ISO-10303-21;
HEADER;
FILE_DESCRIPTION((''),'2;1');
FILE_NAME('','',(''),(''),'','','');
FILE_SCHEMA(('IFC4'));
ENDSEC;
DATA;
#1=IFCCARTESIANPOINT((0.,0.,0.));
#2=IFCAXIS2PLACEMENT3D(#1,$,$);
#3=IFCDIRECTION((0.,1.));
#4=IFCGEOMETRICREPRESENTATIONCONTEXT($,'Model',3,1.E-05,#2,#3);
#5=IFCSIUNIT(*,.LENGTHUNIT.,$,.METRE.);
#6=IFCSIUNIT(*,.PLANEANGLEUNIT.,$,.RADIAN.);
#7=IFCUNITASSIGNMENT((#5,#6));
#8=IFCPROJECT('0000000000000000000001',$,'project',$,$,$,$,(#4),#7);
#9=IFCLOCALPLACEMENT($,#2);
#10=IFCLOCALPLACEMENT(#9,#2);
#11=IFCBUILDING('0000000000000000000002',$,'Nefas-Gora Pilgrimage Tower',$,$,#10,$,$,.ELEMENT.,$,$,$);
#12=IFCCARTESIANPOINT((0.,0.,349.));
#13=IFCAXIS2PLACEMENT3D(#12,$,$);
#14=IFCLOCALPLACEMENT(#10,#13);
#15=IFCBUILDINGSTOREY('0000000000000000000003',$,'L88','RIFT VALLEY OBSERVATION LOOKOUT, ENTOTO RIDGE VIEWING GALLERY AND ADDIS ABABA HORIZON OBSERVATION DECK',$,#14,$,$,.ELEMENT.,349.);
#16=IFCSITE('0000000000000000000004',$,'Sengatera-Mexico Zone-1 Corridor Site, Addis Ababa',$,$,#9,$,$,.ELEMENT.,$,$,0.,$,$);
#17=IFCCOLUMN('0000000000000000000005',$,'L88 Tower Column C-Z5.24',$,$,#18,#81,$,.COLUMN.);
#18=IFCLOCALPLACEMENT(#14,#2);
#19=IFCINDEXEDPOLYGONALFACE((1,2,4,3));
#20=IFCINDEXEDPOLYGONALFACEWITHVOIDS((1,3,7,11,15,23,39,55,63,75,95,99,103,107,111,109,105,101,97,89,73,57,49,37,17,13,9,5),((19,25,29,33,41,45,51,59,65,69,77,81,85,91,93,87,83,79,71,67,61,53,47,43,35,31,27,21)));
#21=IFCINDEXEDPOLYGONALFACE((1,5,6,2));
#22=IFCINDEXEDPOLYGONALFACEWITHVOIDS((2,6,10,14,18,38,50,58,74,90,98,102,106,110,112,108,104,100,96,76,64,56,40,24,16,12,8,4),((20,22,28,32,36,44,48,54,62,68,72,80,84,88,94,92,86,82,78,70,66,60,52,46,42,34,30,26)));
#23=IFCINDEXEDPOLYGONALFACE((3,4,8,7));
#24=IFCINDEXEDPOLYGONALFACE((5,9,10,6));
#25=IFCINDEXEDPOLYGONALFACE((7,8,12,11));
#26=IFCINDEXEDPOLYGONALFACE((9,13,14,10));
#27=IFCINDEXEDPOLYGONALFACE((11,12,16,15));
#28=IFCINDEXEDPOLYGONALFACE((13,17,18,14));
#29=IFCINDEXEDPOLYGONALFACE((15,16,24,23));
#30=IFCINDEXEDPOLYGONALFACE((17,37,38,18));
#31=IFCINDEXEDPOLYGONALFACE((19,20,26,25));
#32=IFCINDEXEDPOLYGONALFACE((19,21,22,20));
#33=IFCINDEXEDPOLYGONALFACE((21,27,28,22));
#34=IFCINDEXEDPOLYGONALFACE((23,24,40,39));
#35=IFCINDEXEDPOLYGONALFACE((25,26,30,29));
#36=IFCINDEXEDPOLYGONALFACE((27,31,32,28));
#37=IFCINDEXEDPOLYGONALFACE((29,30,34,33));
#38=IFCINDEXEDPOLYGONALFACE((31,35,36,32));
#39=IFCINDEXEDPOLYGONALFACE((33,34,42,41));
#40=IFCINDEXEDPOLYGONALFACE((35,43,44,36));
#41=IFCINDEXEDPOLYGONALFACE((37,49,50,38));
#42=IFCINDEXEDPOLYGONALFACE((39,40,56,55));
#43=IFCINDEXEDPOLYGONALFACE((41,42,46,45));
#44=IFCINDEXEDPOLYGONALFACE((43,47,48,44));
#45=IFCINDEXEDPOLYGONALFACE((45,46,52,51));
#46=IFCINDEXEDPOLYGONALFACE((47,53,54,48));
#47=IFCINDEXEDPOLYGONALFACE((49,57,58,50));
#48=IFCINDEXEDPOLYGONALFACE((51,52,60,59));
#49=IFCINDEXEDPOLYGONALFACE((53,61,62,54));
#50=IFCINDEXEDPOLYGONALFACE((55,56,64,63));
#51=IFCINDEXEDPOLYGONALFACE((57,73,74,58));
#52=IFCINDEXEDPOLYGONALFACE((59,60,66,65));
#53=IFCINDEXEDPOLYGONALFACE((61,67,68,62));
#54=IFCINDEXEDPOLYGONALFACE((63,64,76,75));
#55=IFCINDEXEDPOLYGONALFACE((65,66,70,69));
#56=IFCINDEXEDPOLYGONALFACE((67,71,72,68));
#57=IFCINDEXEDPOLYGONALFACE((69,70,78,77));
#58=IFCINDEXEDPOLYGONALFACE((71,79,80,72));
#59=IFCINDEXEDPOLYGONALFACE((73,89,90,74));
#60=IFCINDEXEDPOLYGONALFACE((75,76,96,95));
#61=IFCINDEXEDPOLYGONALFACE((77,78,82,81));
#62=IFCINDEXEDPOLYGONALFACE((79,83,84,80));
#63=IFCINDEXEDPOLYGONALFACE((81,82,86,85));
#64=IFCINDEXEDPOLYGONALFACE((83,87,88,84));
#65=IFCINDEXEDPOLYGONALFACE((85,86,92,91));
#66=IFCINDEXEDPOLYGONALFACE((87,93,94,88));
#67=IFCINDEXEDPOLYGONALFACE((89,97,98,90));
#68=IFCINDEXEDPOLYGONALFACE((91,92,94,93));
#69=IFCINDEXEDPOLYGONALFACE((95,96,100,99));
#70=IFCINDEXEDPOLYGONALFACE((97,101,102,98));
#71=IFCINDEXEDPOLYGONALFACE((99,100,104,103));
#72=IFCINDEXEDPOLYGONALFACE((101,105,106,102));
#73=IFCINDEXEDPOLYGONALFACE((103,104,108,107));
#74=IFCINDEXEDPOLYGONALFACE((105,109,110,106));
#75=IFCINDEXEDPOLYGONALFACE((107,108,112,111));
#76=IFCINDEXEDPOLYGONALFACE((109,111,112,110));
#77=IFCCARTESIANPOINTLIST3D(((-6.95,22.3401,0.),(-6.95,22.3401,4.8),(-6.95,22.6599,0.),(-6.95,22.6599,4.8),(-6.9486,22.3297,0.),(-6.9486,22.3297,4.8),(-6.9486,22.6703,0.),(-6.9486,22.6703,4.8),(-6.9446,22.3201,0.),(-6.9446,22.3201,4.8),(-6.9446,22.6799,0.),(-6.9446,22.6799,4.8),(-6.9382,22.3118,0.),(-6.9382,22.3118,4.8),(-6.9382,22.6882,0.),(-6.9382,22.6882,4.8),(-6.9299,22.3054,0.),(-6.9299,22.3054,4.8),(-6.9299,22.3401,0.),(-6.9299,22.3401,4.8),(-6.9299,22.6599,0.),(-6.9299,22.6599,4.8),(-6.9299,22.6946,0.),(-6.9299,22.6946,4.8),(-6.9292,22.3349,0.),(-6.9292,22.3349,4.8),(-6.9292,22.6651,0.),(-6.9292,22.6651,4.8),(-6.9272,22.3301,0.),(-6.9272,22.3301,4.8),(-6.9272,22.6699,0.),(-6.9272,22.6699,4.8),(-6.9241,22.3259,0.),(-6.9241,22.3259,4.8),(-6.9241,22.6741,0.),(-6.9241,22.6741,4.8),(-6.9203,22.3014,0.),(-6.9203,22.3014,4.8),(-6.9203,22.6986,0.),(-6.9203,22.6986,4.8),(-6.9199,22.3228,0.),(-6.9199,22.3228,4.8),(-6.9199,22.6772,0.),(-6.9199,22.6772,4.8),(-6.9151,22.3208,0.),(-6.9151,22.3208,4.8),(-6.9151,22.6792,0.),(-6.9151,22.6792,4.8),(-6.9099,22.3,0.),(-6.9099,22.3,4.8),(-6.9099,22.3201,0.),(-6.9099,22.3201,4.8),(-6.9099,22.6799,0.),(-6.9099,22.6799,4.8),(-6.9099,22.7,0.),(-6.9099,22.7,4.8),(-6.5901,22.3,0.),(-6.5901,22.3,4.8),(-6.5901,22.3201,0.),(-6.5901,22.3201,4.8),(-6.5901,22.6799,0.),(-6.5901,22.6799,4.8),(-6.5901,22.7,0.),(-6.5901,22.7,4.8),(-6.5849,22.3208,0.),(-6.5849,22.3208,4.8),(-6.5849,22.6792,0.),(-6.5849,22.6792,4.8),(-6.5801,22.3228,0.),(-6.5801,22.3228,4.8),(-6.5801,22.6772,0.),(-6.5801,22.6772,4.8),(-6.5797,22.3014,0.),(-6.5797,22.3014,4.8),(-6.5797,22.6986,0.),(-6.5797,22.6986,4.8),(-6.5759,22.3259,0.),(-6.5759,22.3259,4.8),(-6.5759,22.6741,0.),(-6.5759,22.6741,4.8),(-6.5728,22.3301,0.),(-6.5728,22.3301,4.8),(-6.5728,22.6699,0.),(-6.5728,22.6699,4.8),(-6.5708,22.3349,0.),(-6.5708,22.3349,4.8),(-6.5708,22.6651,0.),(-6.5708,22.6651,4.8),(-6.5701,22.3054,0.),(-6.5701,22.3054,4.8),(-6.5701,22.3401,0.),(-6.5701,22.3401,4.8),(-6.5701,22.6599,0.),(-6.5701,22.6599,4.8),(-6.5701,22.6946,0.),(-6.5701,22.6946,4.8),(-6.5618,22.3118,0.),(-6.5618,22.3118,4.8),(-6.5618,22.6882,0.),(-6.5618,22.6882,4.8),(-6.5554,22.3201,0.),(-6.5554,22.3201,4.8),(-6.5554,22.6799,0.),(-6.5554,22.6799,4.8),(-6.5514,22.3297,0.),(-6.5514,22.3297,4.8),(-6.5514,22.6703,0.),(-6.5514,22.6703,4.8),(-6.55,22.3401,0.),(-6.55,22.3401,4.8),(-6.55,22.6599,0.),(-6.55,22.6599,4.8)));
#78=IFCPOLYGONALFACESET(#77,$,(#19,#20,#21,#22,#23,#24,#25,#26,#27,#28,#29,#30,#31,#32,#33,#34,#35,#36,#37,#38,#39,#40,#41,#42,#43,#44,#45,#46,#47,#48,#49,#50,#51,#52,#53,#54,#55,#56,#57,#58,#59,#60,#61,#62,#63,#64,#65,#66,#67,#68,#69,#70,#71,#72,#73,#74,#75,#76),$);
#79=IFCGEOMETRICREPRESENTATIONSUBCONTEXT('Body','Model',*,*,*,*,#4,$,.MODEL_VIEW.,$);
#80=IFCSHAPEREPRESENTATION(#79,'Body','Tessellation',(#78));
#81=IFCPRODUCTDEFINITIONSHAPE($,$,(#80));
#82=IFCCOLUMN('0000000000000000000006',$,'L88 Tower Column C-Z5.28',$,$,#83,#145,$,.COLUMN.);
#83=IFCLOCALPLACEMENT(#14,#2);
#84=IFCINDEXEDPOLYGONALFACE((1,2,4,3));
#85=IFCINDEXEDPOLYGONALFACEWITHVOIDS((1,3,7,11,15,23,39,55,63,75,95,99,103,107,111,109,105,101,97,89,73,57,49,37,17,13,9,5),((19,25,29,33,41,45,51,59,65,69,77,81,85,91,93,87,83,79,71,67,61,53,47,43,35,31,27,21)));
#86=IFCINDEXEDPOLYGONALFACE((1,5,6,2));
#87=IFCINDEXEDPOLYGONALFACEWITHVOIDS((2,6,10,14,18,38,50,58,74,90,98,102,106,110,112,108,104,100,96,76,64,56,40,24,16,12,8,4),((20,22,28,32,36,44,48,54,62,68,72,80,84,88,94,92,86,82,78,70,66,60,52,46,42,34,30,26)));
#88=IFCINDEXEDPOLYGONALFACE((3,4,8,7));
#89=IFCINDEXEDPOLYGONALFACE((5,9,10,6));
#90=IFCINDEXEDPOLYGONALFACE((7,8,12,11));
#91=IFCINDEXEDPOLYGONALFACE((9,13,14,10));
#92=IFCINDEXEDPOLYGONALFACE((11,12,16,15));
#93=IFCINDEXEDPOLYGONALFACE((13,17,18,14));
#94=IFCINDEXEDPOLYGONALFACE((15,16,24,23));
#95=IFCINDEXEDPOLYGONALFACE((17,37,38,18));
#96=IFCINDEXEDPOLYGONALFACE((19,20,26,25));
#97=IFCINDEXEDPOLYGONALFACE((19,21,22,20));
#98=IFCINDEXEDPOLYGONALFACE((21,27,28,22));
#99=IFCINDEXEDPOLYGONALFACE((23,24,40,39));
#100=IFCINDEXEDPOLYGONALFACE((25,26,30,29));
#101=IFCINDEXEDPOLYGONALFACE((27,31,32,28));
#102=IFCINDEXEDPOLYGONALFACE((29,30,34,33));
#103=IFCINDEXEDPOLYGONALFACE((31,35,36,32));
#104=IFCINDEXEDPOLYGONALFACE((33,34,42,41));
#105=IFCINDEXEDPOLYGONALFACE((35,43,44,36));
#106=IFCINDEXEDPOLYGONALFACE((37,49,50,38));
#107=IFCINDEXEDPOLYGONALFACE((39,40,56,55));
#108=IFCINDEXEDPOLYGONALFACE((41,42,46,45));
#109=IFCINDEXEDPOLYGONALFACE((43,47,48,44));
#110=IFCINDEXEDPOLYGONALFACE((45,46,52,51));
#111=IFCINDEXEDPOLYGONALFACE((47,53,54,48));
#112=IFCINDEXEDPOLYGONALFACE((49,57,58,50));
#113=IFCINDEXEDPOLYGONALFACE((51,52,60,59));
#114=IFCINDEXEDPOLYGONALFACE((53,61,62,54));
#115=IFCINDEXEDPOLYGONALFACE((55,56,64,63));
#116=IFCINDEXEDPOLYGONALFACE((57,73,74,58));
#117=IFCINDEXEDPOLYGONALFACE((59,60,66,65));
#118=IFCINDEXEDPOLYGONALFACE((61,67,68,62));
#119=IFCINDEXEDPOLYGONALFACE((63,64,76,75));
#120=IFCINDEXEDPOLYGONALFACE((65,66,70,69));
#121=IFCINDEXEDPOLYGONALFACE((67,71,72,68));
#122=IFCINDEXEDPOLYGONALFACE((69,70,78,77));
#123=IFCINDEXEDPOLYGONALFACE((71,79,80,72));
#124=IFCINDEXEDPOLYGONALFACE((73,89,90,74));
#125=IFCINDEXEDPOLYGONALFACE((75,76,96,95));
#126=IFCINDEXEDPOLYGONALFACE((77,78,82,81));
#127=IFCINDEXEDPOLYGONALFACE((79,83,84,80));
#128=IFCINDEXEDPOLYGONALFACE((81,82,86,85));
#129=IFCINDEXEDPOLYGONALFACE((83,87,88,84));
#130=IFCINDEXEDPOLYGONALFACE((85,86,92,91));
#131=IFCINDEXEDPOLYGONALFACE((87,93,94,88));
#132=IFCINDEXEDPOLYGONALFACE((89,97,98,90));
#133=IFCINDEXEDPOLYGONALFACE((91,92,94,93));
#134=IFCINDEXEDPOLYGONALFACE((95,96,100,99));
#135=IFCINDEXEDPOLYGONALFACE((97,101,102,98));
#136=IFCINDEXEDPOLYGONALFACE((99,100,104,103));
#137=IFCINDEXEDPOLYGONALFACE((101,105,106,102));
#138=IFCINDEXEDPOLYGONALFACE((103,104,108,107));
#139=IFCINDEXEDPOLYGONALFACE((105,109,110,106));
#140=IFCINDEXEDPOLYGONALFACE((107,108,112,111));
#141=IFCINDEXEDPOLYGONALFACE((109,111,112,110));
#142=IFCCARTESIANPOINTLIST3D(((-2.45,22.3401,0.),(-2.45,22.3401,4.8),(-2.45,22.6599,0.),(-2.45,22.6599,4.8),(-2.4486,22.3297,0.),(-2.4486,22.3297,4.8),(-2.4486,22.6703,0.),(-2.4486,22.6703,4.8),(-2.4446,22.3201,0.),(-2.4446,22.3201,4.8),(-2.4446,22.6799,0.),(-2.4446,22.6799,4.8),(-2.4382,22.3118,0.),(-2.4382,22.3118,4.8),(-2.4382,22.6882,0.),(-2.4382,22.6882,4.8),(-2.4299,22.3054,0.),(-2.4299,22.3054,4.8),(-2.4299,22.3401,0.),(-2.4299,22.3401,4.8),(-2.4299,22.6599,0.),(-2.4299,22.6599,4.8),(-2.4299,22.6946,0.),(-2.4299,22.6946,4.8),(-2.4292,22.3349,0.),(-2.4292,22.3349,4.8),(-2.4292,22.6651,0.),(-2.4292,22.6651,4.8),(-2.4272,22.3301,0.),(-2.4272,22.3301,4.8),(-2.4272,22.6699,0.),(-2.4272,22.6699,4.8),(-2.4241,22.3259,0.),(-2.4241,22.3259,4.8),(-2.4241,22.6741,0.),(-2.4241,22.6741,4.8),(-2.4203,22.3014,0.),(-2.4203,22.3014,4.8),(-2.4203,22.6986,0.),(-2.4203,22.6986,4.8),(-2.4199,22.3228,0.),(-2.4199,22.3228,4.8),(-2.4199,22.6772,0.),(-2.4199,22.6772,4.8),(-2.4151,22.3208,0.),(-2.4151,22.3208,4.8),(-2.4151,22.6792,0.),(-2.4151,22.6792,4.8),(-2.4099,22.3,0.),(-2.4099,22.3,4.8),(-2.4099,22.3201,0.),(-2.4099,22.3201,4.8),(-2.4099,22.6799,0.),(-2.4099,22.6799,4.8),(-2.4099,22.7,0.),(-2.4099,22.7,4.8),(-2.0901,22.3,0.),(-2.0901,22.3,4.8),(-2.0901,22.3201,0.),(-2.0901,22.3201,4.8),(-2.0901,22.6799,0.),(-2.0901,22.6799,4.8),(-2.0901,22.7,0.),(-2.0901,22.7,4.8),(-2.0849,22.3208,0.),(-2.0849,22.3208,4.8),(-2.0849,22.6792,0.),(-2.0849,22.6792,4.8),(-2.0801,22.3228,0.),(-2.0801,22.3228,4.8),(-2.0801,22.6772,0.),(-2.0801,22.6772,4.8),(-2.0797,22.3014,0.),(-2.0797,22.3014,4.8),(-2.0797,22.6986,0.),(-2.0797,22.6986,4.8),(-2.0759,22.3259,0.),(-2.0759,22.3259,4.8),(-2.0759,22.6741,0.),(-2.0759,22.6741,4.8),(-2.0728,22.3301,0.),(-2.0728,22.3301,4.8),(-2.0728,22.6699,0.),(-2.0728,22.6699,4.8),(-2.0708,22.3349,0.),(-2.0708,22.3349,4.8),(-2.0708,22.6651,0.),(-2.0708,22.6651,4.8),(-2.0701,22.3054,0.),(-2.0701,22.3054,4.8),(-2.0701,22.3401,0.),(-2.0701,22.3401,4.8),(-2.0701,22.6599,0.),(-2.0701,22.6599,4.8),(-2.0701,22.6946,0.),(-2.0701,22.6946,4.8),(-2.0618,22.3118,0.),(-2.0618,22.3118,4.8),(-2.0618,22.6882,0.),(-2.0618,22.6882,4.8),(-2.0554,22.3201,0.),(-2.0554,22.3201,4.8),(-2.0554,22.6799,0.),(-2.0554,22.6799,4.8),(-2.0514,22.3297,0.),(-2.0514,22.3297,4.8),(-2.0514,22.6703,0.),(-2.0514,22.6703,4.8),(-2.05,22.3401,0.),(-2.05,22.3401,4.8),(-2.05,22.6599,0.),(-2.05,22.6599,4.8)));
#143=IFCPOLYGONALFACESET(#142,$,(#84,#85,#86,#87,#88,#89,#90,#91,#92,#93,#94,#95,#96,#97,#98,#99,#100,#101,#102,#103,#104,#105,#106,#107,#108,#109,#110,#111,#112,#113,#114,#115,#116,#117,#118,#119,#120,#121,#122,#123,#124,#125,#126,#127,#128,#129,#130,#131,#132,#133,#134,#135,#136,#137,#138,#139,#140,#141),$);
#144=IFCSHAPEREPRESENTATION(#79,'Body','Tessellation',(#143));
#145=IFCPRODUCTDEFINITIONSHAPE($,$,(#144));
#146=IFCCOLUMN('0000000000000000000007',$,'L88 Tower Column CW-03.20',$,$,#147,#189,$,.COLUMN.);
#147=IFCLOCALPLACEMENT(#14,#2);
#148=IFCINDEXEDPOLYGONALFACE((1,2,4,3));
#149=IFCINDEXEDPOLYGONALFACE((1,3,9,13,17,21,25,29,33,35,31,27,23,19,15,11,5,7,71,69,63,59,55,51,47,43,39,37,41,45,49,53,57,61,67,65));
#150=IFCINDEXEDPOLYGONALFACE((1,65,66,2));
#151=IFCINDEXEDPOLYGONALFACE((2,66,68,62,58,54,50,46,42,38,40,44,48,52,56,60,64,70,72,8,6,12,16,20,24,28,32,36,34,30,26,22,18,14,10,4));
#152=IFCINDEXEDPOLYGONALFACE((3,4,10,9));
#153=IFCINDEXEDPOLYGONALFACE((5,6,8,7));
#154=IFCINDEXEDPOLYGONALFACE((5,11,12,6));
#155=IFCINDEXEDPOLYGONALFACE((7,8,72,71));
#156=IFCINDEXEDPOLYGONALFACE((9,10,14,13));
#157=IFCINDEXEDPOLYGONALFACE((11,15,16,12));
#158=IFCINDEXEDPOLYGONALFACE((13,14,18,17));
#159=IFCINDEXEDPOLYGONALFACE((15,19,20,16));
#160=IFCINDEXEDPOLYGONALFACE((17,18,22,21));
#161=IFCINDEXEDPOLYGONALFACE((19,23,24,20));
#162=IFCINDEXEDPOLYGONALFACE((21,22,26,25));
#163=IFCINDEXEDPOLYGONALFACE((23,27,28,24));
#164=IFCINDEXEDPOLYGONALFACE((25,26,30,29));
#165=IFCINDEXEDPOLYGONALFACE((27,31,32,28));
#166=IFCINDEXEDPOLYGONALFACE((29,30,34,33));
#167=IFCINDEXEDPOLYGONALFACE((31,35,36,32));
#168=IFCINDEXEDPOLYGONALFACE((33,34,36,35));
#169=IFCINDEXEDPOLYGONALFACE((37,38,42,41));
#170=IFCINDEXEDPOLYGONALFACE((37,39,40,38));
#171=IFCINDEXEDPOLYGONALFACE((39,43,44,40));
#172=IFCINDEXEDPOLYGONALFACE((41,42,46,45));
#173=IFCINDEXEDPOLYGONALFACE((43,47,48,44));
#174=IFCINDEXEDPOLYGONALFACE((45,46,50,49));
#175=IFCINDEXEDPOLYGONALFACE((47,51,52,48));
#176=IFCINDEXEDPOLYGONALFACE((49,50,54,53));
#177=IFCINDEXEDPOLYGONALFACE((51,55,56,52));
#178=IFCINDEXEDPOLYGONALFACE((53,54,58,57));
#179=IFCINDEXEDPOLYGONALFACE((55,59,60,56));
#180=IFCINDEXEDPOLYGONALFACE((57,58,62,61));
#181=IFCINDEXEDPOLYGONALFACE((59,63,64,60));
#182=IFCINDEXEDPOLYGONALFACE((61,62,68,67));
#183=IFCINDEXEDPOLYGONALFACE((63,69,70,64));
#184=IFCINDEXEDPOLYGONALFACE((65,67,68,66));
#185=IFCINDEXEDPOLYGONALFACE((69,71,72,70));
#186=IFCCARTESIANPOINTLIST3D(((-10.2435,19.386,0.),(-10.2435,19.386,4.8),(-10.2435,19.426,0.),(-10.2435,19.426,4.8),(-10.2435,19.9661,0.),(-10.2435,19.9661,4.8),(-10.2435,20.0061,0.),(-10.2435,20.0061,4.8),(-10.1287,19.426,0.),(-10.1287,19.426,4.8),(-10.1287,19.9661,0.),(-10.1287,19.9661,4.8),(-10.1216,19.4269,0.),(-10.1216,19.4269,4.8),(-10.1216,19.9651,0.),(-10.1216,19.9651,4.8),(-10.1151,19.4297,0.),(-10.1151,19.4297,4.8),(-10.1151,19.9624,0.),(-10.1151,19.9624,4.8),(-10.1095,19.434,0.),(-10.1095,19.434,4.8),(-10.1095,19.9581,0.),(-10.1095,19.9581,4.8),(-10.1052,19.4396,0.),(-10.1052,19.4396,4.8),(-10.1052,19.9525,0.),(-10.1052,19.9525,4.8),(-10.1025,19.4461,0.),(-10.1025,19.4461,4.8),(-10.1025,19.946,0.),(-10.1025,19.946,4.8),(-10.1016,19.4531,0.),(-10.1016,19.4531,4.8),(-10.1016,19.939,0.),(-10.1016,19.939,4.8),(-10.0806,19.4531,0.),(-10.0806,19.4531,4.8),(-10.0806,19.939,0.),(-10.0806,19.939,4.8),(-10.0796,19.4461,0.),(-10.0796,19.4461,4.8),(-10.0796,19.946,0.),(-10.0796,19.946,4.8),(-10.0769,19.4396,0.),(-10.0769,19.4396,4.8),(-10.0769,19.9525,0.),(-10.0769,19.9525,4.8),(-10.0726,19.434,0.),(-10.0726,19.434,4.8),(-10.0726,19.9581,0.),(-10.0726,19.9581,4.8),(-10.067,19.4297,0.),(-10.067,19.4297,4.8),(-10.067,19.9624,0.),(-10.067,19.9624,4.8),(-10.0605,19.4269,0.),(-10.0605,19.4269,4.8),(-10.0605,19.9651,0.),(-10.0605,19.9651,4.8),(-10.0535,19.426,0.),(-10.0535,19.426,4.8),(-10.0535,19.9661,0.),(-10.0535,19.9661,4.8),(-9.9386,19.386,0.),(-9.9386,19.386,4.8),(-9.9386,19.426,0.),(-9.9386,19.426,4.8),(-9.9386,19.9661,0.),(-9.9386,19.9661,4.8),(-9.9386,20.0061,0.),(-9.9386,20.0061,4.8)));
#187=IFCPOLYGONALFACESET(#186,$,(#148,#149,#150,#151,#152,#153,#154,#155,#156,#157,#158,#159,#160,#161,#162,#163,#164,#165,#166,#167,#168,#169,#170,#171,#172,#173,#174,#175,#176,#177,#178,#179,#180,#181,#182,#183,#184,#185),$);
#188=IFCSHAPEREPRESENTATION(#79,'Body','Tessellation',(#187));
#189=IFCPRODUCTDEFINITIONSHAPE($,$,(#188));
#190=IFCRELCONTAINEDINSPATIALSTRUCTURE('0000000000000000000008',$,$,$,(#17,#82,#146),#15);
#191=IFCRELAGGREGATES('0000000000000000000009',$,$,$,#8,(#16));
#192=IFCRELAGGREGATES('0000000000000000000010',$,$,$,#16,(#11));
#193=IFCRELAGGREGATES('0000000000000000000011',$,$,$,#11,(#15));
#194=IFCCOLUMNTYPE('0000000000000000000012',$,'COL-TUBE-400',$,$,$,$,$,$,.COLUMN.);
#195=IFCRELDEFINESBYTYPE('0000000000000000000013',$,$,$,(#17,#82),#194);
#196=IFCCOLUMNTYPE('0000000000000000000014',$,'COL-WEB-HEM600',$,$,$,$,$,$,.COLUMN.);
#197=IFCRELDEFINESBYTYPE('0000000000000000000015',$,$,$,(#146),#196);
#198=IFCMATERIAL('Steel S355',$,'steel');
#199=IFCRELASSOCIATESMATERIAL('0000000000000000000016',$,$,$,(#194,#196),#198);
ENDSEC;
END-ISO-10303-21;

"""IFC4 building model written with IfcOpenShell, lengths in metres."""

from ifc_helpers import new_model, si_unit, direction, frame, origin, origin_2d, place, context, subcontext, project, spatial, hollow_rectangle, i_section, extrude, source, transform, mapped, material, material_profile, profile_set, type_object, element, save


model = new_model("IFC4")

# Units and contexts
model_context = context("Model", 3, precision=1e-05, world=origin(), true_north=direction((0.0, 1.0)))
body_context = subcontext(model_context, "Body", "Model", "MODEL_VIEW")
ifc_project = project(units=[si_unit("LENGTHUNIT", "METRE"), si_unit("PLANEANGLEUNIT", "RADIAN")], contexts=[model_context])

# Site, building, storey
site_placement = place(None, origin())
site = spatial("IfcSite", under=ifc_project, at=site_placement, Name="Sengatera-Mexico Zone-1 Corridor Site, Addis Ababa", CompositionType="ELEMENT", RefElevation=0.0)
building_placement = place(site_placement, origin())
building = spatial("IfcBuilding", under=site, at=building_placement, Name="Nefas-Gora Pilgrimage Tower", CompositionType="ELEMENT")
storey_placement = place(building_placement, frame((0.0, 0.0, 349.0)))
storey = spatial("IfcBuildingStorey", under=building, at=storey_placement, Name="L88", Description="RIFT VALLEY OBSERVATION LOOKOUT, ENTOTO RIDGE VIEWING GALLERY AND ADDIS ABABA HORIZON OBSERVATION DECK", CompositionType="ELEMENT", Elevation=349.0)

# Columns
ifc_material_1 = material(Name="Steel S355", Category="steel")
ifc_material_profile_1 = material_profile(ifc_material_1, hollow_rectangle(XDim=0.3999, YDim=0.3999, WallThickness=0.02, InnerFilletRadius=0.02, OuterFilletRadius=0.04, at=origin_2d()), Name="SHS 400x400x20")
ifc_profile_set_1 = profile_set([ifc_material_profile_1], Name="Steel S355")
column_type_1 = type_object("IfcColumnType", Name="COL-TUBE-400", PredefinedType="COLUMN", material=ifc_profile_set_1)
shared_shape_1 = source(origin(), body_context, "Body", "SweptSolid", [
    extrude(hollow_rectangle(XDim=0.3999, YDim=0.3999, WallThickness=0.02, InnerFilletRadius=0.02, OuterFilletRadius=0.04, at=origin_2d()), origin(), (0.0, 0.0, 1.0), 4.8),
])
for number, where, z_axis, x_axis, name in (
    (1, (-6.75, 22.5, 0.0), (0.0, 0.0, 1.0), (1.0, 0.0, 0.0), "L88 Tower Column C-Z5.24"),
    (2, (-2.25, 22.5, 0.0), (0.0, 0.0, 1.0), (1.0, 0.0, 0.0), "L88 Tower Column C-Z5.28"),
):
    element("IfcColumn", number, at=place(storey_placement, frame(where, z_axis=z_axis, x_axis=x_axis)), inside=storey, type_object=column_type_1, Name=name, PredefinedType="COLUMN", context=body_context, shape_type="MappedRepresentation", body=[
        mapped(shared_shape_1, transform((0.0, 0.0, 0.0), x_axis=(1.0, 0.0, 0.0), y_axis=(0.0, 1.0, 0.0), z_axis=(0.0, 0.0, 1.0), scale=1.0)),
    ])
ifc_material_profile_2 = material_profile(ifc_material_1, i_section(OverallWidth=0.3049, OverallDepth=0.6201, WebThickness=0.021, FlangeThickness=0.04, FilletRadius=0.0271, at=origin_2d()), Name="HEM 600")
ifc_profile_set_2 = profile_set([ifc_material_profile_2], Name="Steel S355")
column_type_2 = type_object("IfcColumnType", Name="COL-WEB-HEM600", PredefinedType="COLUMN", material=ifc_profile_set_2)
shared_shape_2 = source(origin(), body_context, "Body", "SweptSolid", [
    extrude(i_section(OverallWidth=0.3049, OverallDepth=0.6201, WebThickness=0.021, FlangeThickness=0.04, FilletRadius=0.0271, at=origin_2d()), origin(), (0.0, 0.0, 1.0), 4.8),
])
for number, where, z_axis, x_axis, name in (
    (3, (-10.0911, 19.696, 0.0), (0.0, 0.0, 1.0), (1.0, 0.0, 0.0), "L88 Tower Column CW-03.20"),
):
    element("IfcColumn", number, at=place(storey_placement, frame(where, z_axis=z_axis, x_axis=x_axis)), inside=storey, type_object=column_type_2, Name=name, PredefinedType="COLUMN", context=body_context, shape_type="MappedRepresentation", body=[
        mapped(shared_shape_2, transform((0.0, 0.0, 0.0), x_axis=(1.0, 0.0, 0.0), y_axis=(0.0, 1.0, 0.0), z_axis=(0.0, 0.0, 1.0), scale=1.0)),
    ])

save(model, "model.ifc")
